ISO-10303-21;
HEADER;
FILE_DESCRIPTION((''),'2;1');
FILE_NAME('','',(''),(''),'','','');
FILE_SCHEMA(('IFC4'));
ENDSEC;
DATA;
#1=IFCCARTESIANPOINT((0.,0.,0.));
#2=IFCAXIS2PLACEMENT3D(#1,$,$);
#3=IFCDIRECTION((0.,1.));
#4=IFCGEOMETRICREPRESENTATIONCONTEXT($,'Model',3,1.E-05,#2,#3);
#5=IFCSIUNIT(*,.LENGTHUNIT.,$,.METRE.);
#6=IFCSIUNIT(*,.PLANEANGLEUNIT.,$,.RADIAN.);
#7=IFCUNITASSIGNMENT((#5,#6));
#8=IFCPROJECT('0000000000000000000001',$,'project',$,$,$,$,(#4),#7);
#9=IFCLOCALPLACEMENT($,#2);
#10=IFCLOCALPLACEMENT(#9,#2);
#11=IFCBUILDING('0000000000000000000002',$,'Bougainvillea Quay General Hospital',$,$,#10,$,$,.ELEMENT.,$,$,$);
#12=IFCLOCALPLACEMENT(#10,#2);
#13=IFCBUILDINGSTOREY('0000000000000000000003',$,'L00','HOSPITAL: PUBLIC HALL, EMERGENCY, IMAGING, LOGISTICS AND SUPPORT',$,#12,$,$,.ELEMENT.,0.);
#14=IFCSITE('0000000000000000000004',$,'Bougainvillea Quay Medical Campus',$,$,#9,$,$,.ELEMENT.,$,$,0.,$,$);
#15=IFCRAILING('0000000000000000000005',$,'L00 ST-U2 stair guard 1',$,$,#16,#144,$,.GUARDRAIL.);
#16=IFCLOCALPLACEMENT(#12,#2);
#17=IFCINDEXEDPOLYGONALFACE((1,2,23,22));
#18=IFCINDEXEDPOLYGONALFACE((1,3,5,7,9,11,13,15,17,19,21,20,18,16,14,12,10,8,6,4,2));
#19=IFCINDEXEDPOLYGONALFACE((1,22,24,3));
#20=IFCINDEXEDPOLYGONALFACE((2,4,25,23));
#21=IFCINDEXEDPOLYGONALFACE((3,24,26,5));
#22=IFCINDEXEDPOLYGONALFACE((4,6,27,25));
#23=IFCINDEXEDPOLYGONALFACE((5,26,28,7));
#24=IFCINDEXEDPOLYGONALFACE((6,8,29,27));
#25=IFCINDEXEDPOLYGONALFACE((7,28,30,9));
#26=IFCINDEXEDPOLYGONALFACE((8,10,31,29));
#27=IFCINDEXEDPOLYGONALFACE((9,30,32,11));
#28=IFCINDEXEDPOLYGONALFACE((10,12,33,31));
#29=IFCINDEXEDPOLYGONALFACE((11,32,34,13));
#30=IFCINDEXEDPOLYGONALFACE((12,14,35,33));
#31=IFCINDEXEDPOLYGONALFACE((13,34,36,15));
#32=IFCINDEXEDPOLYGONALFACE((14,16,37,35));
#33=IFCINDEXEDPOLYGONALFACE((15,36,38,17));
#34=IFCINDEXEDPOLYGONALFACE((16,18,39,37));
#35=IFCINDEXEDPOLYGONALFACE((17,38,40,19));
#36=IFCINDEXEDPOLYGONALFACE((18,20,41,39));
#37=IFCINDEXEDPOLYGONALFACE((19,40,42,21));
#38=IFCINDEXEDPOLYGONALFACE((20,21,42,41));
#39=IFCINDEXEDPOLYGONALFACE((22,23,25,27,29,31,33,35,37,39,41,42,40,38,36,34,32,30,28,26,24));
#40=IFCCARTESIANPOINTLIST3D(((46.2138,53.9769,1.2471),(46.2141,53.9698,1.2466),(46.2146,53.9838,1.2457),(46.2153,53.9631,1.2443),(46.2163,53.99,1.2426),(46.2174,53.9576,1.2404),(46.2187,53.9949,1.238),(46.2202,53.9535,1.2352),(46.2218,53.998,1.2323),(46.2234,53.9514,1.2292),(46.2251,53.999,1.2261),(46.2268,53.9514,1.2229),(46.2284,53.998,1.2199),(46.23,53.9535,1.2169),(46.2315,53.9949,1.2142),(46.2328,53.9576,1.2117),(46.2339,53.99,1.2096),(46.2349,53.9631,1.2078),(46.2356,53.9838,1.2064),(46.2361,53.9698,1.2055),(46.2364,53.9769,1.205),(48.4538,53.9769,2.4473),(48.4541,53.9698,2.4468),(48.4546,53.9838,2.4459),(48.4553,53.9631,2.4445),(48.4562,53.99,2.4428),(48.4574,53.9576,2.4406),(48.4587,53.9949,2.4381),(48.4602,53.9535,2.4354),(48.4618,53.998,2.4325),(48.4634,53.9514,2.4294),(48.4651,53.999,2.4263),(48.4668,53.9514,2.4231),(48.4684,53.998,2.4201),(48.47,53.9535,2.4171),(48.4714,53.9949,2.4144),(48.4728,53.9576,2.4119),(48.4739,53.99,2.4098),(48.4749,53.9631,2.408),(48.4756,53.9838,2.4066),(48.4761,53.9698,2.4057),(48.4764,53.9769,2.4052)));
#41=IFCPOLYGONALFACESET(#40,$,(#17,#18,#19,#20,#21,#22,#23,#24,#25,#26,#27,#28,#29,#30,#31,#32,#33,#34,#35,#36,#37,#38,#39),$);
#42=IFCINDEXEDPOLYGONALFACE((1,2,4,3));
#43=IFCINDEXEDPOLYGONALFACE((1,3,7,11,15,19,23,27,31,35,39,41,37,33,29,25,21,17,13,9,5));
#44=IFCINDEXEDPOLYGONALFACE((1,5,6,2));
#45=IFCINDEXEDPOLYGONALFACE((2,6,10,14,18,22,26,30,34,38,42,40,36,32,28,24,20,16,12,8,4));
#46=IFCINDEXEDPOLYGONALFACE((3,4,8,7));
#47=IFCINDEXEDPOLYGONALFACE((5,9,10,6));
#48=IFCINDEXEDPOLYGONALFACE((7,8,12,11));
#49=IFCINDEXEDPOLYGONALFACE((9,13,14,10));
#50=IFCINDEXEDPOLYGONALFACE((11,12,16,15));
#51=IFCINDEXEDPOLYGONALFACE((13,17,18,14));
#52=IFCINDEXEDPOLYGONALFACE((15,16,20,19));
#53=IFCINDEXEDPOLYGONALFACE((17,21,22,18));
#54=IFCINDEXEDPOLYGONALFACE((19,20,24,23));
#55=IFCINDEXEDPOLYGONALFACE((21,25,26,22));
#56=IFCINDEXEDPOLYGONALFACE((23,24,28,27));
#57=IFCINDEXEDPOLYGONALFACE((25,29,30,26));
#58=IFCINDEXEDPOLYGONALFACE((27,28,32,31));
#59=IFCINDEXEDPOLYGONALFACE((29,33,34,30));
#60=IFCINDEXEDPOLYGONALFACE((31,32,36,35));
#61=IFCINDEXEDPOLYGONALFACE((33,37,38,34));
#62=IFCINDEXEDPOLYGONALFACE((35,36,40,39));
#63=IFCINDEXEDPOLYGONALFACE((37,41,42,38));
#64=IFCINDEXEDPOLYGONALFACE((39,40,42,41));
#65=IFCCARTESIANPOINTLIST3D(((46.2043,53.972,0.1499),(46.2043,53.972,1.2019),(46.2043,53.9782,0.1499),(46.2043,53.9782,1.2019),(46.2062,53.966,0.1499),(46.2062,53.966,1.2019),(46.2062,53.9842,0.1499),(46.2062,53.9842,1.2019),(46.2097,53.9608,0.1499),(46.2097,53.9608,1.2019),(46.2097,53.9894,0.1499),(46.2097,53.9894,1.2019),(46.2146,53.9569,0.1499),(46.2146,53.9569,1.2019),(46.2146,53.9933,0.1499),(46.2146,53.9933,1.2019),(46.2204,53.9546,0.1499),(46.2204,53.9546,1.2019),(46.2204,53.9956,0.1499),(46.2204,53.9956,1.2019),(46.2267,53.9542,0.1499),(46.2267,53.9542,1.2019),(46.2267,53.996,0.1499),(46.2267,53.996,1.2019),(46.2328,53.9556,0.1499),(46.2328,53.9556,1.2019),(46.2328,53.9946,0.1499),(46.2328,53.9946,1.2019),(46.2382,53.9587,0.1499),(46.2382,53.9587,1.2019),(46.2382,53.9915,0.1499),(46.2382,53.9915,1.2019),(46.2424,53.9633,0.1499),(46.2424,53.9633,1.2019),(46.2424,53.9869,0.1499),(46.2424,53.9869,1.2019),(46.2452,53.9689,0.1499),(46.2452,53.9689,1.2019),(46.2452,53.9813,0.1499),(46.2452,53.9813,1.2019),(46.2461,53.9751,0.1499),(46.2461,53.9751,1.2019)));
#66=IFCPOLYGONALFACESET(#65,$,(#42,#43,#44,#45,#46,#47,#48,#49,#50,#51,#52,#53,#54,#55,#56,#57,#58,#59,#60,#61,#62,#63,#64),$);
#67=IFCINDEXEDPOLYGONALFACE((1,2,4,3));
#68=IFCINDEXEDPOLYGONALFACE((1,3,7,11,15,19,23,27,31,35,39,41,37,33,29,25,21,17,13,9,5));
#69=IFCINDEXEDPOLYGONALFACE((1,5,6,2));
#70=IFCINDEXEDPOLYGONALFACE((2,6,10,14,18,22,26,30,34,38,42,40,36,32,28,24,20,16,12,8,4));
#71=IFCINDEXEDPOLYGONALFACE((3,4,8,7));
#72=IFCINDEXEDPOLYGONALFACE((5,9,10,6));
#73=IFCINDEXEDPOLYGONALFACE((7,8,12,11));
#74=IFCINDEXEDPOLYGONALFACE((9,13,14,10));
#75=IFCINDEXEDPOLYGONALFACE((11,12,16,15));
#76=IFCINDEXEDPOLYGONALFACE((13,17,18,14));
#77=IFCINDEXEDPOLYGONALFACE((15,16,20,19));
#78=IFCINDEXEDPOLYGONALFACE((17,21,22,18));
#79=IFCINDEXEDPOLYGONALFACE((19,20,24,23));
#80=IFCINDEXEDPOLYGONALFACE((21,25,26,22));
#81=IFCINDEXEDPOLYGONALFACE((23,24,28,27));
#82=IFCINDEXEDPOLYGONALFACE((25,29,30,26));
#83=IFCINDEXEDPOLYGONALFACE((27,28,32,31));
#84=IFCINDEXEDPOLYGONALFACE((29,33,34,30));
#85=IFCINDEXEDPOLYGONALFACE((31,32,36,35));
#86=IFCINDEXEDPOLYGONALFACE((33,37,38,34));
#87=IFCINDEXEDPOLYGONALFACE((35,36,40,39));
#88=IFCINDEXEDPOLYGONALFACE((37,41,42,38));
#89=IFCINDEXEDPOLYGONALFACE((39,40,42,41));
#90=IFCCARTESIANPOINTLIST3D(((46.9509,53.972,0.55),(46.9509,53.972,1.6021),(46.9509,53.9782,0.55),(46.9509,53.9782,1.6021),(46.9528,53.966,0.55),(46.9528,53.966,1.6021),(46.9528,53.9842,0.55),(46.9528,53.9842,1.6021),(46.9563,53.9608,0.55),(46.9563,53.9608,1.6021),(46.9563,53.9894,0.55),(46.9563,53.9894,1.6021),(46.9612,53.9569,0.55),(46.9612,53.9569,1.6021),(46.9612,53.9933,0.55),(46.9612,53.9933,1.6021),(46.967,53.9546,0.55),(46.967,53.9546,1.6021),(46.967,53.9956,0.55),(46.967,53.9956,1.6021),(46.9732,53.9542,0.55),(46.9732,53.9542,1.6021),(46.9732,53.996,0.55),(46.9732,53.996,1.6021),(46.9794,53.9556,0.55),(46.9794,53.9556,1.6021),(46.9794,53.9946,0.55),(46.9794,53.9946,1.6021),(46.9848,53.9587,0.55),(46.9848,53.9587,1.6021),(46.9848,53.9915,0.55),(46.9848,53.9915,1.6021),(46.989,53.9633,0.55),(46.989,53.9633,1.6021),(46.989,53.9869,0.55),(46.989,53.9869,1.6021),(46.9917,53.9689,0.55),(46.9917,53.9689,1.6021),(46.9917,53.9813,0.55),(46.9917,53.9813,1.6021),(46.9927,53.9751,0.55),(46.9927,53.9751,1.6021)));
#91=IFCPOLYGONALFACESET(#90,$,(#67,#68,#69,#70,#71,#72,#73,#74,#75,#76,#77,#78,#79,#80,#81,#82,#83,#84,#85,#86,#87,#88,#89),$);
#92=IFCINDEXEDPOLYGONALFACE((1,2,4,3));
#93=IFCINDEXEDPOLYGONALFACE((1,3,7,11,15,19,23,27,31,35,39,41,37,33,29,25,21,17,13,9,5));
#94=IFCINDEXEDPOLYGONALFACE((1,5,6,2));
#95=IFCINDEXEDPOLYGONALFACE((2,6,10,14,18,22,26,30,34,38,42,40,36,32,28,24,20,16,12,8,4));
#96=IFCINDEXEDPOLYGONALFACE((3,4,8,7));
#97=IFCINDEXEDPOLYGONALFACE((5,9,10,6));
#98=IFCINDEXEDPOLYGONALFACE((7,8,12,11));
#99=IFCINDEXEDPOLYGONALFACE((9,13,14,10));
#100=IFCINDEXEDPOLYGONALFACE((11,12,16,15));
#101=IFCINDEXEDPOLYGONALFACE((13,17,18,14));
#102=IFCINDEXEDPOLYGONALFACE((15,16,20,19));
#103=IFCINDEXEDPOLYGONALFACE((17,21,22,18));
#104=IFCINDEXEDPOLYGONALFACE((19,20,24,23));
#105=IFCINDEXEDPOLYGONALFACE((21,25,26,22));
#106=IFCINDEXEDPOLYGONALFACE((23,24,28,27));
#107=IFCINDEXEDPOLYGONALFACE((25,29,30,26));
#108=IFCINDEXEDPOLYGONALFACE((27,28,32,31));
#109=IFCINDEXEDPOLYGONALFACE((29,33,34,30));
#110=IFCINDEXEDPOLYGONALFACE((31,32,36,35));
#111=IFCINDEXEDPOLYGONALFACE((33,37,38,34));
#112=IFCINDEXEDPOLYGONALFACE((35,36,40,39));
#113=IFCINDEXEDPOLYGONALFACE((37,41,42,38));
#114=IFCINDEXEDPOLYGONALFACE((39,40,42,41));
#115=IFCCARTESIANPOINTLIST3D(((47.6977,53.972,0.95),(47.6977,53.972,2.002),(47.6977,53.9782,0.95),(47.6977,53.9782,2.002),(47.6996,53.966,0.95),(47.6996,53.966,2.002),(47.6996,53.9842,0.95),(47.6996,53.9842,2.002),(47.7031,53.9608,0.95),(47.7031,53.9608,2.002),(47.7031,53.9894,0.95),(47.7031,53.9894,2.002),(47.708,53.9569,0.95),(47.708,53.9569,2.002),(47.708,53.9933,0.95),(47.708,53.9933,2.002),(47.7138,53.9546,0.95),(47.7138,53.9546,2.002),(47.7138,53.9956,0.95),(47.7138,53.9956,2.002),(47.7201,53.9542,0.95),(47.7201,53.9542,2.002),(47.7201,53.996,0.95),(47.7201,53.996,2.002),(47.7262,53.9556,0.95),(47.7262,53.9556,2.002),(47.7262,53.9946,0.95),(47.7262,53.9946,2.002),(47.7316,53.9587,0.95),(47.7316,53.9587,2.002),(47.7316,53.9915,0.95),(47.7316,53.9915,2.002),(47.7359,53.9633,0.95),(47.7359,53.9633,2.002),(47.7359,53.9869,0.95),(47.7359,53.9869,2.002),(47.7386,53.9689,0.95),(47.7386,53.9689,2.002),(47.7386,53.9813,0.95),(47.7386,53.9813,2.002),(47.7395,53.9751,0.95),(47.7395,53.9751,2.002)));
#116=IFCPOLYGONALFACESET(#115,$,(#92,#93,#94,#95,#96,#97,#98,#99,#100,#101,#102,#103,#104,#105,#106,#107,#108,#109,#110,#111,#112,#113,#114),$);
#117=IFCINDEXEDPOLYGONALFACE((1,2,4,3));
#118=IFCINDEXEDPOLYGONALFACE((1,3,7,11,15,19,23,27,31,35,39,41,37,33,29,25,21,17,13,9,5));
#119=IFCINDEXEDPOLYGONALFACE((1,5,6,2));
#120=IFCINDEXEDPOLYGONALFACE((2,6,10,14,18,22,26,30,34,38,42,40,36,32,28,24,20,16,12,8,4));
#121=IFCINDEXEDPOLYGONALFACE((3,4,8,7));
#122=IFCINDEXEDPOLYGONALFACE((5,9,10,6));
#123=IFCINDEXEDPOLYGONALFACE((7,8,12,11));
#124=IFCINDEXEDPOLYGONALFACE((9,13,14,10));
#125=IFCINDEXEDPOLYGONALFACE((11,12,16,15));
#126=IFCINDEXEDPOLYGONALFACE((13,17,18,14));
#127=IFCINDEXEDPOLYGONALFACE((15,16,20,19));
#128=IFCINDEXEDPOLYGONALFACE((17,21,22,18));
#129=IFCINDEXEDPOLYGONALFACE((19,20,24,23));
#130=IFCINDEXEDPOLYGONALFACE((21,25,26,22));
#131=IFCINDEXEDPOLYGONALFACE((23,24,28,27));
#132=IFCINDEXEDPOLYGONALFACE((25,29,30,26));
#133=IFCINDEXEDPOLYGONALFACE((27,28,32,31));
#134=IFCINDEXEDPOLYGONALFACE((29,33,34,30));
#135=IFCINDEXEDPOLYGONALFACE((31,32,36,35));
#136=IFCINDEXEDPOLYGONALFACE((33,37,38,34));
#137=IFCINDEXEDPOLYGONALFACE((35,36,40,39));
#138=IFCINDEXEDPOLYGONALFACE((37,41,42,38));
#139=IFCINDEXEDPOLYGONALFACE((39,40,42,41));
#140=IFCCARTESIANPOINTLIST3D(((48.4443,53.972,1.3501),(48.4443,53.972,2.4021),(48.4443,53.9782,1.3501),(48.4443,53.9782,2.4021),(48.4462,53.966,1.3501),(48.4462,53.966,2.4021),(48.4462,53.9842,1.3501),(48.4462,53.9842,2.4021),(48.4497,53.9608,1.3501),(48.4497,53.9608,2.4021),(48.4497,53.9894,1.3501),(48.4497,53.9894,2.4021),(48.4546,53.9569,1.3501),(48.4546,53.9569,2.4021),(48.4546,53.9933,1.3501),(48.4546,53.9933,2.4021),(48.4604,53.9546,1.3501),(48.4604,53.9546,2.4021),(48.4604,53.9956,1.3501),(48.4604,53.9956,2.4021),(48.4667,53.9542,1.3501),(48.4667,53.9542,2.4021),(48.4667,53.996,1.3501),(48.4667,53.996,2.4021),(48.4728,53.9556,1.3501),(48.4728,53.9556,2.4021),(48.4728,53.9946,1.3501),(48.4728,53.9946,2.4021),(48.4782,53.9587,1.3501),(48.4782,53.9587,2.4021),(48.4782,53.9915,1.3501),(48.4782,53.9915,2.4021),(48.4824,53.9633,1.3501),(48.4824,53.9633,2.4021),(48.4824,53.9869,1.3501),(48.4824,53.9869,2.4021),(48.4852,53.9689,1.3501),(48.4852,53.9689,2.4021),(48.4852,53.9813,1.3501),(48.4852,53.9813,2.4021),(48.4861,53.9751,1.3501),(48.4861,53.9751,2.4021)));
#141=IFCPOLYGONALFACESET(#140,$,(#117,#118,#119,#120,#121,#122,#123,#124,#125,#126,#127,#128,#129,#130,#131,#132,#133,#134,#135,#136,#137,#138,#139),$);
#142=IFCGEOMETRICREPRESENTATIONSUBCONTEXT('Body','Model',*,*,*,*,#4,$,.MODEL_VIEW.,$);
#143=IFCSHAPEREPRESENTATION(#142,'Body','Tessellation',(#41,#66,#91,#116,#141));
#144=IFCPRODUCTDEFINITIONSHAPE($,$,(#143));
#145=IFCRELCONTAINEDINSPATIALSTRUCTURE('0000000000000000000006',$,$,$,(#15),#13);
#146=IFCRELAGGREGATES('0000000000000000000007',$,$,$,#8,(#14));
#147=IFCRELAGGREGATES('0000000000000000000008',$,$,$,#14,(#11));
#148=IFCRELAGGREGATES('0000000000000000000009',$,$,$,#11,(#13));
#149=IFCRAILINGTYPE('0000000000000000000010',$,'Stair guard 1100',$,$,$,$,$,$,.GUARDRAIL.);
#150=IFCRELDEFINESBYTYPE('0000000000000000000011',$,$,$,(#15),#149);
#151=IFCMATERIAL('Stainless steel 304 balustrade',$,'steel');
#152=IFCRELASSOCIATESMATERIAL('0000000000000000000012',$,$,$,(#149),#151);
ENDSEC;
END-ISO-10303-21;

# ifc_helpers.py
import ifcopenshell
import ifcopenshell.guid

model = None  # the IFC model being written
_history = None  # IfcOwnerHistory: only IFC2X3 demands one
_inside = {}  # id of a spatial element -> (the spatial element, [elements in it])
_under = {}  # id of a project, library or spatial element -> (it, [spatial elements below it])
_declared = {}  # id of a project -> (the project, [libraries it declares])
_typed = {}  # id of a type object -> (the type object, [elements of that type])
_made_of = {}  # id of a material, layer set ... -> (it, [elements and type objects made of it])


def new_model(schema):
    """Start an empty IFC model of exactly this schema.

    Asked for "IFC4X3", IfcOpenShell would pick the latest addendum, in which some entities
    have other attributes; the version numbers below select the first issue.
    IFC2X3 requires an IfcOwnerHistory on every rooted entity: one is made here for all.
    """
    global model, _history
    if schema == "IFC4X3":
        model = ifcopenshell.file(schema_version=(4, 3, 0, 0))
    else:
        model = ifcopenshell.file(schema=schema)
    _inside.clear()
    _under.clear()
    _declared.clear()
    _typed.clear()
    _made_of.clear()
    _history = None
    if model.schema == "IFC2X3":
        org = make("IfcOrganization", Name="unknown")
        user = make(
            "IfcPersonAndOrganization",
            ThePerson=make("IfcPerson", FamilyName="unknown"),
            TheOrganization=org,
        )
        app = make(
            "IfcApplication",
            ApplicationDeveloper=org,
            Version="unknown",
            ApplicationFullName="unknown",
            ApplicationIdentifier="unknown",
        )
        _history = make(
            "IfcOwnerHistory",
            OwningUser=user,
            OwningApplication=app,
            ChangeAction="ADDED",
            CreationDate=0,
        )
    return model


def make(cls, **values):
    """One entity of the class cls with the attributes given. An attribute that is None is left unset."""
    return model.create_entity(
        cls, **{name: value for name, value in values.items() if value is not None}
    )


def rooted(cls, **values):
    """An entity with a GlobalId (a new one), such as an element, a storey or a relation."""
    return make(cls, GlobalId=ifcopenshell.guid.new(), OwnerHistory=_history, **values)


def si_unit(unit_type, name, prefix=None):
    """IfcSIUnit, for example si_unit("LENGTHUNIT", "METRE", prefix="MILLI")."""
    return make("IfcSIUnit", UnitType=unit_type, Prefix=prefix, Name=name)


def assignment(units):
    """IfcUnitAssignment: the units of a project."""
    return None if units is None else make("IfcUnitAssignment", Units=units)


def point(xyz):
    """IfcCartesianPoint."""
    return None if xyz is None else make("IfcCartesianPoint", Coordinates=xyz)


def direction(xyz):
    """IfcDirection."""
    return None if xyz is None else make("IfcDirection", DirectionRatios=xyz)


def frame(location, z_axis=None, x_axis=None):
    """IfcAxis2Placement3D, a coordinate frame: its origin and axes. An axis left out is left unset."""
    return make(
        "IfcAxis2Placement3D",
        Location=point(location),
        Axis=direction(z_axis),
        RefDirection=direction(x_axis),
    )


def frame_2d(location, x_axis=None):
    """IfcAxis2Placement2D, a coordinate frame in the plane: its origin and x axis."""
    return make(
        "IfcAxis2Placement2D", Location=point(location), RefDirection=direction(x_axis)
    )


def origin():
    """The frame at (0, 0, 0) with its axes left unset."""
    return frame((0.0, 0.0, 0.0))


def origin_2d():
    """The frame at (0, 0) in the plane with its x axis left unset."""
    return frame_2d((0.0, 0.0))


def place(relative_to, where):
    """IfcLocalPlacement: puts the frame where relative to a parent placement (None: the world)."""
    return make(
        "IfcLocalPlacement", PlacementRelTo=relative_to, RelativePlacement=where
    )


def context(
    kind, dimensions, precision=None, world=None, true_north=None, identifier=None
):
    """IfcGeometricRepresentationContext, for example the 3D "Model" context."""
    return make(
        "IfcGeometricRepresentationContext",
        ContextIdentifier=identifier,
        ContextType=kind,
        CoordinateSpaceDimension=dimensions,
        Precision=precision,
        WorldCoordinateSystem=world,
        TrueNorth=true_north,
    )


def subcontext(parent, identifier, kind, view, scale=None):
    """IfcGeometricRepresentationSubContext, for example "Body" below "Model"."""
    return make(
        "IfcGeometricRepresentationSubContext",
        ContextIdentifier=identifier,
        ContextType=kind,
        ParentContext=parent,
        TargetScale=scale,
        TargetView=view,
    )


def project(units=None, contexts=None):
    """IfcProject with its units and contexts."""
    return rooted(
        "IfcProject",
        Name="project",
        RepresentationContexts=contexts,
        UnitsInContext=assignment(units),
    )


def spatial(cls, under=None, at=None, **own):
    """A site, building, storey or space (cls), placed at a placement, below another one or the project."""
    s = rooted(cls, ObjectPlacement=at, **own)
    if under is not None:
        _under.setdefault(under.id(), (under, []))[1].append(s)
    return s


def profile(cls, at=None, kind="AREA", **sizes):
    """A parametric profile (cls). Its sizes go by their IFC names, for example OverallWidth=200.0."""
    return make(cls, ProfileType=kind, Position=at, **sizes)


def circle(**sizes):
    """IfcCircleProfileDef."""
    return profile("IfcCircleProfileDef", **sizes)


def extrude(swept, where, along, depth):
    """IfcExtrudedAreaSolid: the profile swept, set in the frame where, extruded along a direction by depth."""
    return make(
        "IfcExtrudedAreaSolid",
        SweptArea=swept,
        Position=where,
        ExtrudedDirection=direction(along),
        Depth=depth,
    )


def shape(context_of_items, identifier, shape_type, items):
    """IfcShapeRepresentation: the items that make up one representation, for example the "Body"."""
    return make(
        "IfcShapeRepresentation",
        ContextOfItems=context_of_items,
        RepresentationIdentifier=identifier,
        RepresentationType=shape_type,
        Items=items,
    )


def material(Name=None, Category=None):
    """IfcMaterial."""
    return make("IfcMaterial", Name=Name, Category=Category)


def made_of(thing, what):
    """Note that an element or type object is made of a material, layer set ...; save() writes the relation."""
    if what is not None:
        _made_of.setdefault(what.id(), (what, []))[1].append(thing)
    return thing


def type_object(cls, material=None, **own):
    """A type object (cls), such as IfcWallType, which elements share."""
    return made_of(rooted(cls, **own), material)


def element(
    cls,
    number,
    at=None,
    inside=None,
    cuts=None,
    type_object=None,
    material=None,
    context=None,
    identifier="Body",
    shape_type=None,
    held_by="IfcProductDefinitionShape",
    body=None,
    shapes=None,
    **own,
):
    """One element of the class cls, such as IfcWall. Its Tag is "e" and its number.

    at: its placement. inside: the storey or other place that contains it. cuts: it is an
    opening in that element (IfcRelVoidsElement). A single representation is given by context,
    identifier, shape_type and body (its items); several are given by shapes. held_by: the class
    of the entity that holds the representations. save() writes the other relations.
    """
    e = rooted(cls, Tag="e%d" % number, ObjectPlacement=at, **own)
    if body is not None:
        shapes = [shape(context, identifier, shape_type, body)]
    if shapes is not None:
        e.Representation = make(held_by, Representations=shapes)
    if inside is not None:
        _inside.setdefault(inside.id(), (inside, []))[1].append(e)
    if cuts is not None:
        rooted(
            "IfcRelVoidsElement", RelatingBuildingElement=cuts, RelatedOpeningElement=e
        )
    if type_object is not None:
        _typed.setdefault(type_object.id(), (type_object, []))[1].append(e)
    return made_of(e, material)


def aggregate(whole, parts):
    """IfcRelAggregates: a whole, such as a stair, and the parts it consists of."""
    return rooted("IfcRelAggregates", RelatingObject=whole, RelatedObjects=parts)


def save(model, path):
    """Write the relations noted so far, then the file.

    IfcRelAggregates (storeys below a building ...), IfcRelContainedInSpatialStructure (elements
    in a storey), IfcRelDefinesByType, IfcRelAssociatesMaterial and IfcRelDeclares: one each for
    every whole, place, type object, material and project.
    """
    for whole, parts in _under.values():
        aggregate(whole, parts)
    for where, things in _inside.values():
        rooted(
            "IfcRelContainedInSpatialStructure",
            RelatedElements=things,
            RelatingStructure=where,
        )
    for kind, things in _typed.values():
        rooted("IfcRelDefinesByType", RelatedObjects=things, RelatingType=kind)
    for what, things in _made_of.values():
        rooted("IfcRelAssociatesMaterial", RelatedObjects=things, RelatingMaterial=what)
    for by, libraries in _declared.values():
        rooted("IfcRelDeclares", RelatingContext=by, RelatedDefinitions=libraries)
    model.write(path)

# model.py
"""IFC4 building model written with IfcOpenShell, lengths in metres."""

from ifc_helpers import new_model, si_unit, direction, frame, origin, origin_2d, place, context, subcontext, project, spatial, circle, extrude, material, type_object, element, save


model = new_model("IFC4")

# Units and contexts
model_context = context("Model", 3, precision=1e-05, world=origin(), true_north=direction((0.0, 1.0)))
body_context = subcontext(model_context, "Body", "Model", "MODEL_VIEW")
ifc_project = project(units=[si_unit("LENGTHUNIT", "METRE"), si_unit("PLANEANGLEUNIT", "RADIAN")], contexts=[model_context])

# Site, building, storey
site_placement = place(None, origin())
site = spatial("IfcSite", under=ifc_project, at=site_placement, Name="Bougainvillea Quay Medical Campus", CompositionType="ELEMENT", RefElevation=0.0)
building_placement = place(site_placement, origin())
building = spatial("IfcBuilding", under=site, at=building_placement, Name="Bougainvillea Quay General Hospital", CompositionType="ELEMENT")
storey_placement = place(building_placement, origin())
storey = spatial("IfcBuildingStorey", under=building, at=storey_placement, Name="L00", Description="HOSPITAL: PUBLIC HALL, EMERGENCY, IMAGING, LOGISTICS AND SUPPORT", CompositionType="ELEMENT", Elevation=0.0)

# Railing
ifc_material_1 = material(Name="Stainless steel 304 balustrade", Category="steel")
railing_type_1 = type_object("IfcRailingType", Name="Stair guard 1100", PredefinedType="GUARDRAIL", material=ifc_material_1)
railing_1_placement = place(storey_placement, frame((46.2251, 53.9751, 0.1499)))
element("IfcRailing", 1, at=railing_1_placement, inside=storey, type_object=railing_type_1, Name="L00 ST-U2 stair guard 1", PredefinedType="GUARDRAIL", context=body_context, shape_type="SweptSolid", body=[
    extrude(circle(Radius=0.0239, at=origin_2d()), frame((0.0, 0.0, 1.0762), z_axis=(0.881447, 0.0, 0.472283), x_axis=(0.0, 1.0, 0.0)), (0.0, 0.0, 1.0), 2.5413),
    extrude(circle(Radius=0.021, at=origin_2d()), origin(), (0.0, 0.0, 1.0), 1.052),
    extrude(circle(Radius=0.021, at=origin_2d()), frame((0.7466, 0.0, 0.4001)), (0.0, 0.0, 1.0), 1.052),
    extrude(circle(Radius=0.021, at=origin_2d()), frame((1.4934, 0.0, 0.8)), (0.0, 0.0, 1.0), 1.052),
    extrude(circle(Radius=0.021, at=origin_2d()), frame((2.24, 0.0, 1.2002)), (0.0, 0.0, 1.0), 1.052),
])

save(model, "model.ifc")
